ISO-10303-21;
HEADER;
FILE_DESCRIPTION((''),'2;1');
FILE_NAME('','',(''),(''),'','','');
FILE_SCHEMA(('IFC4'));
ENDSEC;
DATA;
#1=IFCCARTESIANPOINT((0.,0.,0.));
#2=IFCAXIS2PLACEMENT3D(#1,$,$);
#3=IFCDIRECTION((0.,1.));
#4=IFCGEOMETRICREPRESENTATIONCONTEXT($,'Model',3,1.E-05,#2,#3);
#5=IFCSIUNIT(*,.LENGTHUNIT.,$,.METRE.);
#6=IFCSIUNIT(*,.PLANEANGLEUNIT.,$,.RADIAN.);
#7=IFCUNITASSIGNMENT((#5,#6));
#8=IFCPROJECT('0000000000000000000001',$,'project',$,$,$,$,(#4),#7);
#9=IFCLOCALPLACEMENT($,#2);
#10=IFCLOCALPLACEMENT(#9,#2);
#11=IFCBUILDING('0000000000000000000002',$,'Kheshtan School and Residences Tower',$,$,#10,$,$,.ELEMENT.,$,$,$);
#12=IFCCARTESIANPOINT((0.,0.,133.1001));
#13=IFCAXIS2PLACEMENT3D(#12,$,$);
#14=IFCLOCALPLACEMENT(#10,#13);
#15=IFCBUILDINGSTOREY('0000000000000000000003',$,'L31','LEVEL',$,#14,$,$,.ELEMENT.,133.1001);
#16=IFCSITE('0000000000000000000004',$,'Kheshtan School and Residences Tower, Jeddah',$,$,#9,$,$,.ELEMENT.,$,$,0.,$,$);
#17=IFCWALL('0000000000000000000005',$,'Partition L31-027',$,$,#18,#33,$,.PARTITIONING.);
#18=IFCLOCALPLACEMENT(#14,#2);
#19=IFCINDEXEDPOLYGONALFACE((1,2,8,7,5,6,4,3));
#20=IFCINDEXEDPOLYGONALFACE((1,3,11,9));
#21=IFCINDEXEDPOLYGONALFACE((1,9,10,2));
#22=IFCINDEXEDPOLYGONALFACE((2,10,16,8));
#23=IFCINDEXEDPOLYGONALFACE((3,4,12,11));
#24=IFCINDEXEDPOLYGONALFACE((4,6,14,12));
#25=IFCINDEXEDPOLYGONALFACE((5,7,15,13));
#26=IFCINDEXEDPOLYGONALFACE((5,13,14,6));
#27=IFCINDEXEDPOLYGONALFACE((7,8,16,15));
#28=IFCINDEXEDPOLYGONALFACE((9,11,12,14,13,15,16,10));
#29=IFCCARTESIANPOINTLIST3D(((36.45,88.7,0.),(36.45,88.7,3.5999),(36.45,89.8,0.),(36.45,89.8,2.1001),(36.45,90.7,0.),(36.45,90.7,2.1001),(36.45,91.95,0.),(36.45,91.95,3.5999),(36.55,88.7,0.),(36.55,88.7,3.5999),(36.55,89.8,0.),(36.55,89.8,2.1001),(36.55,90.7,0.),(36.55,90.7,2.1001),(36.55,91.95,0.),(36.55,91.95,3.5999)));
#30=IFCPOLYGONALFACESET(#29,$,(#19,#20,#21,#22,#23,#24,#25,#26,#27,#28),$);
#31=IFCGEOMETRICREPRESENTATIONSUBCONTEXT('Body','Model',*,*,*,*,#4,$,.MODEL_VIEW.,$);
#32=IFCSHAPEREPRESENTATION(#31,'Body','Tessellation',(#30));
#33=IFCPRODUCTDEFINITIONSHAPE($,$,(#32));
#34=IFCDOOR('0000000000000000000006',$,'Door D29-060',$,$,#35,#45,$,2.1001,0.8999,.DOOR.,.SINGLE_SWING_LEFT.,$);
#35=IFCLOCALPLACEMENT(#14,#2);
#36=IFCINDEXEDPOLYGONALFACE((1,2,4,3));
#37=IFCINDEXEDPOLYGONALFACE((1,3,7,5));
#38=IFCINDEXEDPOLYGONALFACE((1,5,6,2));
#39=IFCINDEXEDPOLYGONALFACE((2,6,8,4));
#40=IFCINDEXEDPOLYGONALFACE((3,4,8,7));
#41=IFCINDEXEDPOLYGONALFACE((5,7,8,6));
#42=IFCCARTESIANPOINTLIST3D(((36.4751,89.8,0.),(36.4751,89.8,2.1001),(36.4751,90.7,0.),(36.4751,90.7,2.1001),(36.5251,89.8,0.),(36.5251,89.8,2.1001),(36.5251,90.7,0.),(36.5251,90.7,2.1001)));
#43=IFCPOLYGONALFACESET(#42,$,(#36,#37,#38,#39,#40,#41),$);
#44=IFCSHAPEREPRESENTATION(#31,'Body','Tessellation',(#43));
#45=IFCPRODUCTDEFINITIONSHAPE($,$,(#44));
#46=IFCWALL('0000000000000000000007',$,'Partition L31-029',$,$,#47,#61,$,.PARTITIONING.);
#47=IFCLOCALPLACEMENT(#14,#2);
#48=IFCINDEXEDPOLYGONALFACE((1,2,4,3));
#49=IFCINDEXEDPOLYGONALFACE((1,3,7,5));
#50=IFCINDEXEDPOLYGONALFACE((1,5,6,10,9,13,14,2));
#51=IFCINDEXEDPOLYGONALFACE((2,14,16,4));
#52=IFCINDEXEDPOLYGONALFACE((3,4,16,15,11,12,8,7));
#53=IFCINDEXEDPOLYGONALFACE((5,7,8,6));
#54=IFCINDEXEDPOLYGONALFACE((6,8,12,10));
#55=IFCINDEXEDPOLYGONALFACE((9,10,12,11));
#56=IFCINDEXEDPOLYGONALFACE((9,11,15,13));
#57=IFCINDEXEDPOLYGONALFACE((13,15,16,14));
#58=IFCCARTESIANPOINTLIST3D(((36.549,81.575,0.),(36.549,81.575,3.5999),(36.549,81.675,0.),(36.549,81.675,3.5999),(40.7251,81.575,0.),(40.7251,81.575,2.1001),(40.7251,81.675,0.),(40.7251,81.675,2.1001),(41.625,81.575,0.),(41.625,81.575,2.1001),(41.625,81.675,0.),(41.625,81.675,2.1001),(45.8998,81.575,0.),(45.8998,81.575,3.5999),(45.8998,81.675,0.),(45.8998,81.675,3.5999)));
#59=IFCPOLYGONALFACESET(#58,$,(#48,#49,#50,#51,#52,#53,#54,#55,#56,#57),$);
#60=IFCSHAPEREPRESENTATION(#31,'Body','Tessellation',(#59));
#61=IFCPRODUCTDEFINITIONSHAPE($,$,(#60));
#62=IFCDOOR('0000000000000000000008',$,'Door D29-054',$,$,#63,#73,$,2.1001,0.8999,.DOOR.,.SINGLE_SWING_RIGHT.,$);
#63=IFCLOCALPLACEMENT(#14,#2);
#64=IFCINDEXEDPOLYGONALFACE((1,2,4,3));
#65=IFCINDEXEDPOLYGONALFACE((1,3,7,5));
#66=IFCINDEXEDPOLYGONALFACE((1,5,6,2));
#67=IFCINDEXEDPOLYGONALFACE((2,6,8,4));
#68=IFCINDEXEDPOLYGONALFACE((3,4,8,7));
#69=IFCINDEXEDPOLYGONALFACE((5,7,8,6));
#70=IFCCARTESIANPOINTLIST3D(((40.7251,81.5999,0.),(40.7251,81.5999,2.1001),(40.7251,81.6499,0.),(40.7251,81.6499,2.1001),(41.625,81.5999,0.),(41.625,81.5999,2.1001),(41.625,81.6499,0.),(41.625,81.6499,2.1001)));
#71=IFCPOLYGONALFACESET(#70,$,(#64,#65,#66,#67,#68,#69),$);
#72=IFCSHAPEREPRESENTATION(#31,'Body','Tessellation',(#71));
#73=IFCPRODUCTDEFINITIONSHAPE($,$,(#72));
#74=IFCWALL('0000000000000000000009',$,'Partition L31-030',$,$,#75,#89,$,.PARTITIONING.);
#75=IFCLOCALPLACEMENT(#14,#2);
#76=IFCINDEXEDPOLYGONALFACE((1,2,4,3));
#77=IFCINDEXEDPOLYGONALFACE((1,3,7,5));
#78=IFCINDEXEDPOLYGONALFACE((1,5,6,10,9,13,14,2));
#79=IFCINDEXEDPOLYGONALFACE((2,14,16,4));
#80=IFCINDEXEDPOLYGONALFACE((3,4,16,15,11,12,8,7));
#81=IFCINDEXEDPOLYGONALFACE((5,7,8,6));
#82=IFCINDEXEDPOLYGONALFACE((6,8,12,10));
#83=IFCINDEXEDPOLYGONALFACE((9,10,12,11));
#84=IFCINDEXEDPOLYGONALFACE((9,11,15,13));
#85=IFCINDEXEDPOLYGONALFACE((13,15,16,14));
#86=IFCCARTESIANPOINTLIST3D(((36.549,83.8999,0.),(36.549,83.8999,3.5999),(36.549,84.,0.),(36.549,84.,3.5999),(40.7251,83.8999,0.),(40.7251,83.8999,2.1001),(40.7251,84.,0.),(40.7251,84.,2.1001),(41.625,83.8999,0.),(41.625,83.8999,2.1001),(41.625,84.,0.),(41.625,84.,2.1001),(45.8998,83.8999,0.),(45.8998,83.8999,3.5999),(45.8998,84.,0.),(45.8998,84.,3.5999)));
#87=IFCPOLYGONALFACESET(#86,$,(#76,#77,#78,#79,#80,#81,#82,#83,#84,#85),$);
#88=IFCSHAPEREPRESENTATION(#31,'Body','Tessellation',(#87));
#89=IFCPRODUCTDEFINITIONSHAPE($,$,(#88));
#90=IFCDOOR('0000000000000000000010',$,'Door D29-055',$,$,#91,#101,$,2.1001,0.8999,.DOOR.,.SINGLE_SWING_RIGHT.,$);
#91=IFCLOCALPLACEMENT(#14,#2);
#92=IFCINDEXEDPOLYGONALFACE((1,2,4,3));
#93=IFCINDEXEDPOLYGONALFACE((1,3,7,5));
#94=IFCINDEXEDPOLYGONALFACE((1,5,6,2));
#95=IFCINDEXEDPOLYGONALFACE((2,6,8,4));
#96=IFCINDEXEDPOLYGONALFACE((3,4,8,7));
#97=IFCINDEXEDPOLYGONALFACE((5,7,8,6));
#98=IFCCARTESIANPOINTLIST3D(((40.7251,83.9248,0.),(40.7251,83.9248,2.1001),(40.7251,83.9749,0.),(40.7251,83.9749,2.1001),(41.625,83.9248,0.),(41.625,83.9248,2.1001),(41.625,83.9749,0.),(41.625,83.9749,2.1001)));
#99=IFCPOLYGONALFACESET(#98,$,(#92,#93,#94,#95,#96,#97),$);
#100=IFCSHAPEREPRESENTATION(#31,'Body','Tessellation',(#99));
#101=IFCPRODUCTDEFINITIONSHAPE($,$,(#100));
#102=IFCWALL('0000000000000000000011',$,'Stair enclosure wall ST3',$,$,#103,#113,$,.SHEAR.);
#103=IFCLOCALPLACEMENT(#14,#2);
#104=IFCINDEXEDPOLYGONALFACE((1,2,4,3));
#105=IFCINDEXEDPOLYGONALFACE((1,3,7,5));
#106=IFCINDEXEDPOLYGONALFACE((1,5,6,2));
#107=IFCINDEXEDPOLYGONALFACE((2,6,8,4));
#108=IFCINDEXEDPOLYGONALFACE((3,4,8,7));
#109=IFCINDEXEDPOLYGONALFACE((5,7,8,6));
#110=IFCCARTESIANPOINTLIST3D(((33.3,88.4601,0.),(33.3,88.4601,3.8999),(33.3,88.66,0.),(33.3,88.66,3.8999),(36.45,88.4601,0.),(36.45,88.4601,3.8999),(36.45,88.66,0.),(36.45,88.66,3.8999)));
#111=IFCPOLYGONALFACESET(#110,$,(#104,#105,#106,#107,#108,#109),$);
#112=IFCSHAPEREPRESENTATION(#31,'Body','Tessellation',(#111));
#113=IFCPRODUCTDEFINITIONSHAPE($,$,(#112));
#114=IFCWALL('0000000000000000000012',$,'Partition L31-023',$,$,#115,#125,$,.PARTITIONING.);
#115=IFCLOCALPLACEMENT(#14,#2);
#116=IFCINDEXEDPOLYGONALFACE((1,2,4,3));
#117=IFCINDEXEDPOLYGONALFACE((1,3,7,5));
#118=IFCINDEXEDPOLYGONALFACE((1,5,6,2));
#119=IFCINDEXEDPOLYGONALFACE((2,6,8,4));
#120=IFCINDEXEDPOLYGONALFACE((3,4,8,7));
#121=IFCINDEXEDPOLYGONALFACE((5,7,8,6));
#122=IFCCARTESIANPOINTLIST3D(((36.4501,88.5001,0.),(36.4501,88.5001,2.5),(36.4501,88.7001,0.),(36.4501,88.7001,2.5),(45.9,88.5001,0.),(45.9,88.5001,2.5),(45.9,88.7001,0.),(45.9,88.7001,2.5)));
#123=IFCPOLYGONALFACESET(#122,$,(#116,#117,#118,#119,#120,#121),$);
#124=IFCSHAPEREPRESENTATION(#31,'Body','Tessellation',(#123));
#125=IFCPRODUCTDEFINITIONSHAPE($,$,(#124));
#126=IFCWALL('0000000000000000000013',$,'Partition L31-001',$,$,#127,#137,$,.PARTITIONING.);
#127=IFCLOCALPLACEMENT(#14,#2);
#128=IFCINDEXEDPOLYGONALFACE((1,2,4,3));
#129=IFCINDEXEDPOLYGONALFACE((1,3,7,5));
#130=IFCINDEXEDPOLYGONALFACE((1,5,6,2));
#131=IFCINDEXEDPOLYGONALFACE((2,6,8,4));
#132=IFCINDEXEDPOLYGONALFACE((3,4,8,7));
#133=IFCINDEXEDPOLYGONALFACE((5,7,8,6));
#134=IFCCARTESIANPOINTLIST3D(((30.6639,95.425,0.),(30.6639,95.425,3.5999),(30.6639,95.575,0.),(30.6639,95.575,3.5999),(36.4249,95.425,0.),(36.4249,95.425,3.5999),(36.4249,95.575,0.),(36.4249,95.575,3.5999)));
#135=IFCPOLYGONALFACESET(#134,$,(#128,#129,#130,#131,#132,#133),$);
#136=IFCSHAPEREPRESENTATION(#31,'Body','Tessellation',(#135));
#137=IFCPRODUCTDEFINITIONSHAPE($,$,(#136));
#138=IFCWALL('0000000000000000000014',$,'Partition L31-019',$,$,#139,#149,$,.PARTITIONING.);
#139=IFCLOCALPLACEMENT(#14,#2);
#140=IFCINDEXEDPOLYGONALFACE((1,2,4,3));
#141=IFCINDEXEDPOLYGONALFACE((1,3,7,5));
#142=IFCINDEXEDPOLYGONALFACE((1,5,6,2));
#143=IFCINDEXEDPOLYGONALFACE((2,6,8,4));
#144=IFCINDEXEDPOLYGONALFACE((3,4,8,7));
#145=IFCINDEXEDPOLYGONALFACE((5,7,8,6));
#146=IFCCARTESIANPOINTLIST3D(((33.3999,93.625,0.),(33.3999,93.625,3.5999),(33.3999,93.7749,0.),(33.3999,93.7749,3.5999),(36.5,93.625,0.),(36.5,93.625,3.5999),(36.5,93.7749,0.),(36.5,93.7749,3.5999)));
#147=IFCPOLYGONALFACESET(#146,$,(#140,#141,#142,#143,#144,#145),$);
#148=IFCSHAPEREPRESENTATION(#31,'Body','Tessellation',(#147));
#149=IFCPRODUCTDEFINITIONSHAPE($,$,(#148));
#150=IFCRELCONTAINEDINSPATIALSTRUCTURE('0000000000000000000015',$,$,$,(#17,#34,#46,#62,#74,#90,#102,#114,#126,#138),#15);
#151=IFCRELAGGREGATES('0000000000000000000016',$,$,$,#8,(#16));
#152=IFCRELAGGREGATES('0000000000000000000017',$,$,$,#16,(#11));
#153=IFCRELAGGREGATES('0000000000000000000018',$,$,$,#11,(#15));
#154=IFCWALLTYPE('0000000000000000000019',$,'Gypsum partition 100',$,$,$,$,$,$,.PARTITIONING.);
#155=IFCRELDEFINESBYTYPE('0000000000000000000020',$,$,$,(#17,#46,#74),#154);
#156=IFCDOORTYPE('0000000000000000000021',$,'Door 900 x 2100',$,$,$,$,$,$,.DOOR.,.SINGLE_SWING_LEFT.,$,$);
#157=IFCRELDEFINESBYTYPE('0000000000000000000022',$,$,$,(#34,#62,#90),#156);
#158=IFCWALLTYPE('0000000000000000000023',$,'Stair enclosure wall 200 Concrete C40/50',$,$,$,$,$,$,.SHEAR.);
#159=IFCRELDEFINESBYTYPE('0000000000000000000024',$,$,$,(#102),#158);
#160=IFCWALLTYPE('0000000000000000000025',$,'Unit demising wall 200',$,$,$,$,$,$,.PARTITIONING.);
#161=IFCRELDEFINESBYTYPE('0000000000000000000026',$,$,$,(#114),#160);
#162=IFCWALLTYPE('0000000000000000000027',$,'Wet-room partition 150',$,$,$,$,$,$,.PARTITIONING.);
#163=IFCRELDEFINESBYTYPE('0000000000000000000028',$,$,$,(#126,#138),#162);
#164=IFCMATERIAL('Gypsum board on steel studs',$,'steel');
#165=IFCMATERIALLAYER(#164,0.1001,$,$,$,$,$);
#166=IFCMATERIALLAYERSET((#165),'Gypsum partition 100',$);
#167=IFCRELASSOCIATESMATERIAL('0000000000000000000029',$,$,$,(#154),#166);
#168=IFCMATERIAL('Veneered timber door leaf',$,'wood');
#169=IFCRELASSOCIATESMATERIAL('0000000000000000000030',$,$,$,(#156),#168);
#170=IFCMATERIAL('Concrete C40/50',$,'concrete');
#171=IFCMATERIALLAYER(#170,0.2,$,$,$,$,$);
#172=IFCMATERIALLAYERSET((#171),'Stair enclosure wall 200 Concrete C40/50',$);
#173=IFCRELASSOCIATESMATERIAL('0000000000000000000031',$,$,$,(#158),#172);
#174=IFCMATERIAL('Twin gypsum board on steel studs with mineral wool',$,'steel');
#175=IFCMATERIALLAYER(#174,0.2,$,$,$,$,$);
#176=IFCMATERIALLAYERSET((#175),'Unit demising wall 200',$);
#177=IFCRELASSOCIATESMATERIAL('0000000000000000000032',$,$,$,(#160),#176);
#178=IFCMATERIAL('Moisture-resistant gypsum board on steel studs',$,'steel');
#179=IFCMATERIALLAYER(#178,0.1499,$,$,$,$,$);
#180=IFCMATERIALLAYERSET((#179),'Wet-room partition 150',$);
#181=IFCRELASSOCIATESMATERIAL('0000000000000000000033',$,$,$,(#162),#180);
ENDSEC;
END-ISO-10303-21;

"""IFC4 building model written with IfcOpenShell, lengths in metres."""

from ifc_helpers import new_model, si_unit, direction, frame, frame_2d, origin, place, context, subcontext, project, spatial, rectangle, extrude, source, transform, mapped, material, layer, layer_set, type_object, element, fill, save


model = new_model("IFC4")

# Units and contexts
model_context = context("Model", 3, precision=1e-05, world=origin(), true_north=direction((0.0, 1.0)))
body_context = subcontext(model_context, "Body", "Model", "MODEL_VIEW")
ifc_project = project(units=[si_unit("LENGTHUNIT", "METRE"), si_unit("PLANEANGLEUNIT", "RADIAN")], contexts=[model_context])

# Site, building, storey
site_placement = place(None, origin())
site = spatial("IfcSite", under=ifc_project, at=site_placement, Name="Kheshtan School and Residences Tower, Jeddah", CompositionType="ELEMENT", RefElevation=0.0)
building_placement = place(site_placement, origin())
building = spatial("IfcBuilding", under=site, at=building_placement, Name="Kheshtan School and Residences Tower", CompositionType="ELEMENT")
storey_placement = place(building_placement, frame((0.0, 0.0, 133.1001)))
storey = spatial("IfcBuildingStorey", under=building, at=storey_placement, Name="L31", Description="LEVEL", CompositionType="ELEMENT", Elevation=133.1001)

# Shared definitions
ifc_material_1 = material(Name="Gypsum board on steel studs", Category="steel")
ifc_layer_1 = layer(ifc_material_1, 0.1001)
ifc_layer_set_1 = layer_set([ifc_layer_1], Name="Gypsum partition 100")
wall_type_1 = type_object("IfcWallType", Name="Gypsum partition 100", PredefinedType="PARTITIONING", material=ifc_layer_set_1)

# Walls, openings, doors
wall_1_placement = place(storey_placement, frame((36.5, 88.7, 0.0), z_axis=(0.0, 0.0, 1.0), x_axis=(0.0, 1.0, 0.0)))
wall_1 = element("IfcWall", 1, at=wall_1_placement, inside=storey, type_object=wall_type_1, Name="Partition L31-027", PredefinedType="PARTITIONING", context=body_context, shape_type="SweptSolid", body=[
    extrude(rectangle(XDim=3.25, YDim=0.1001, at=frame_2d((1.625, 0.0))), origin(), (0.0, 0.0, 1.0), 3.5999),
])
opening_1_placement = place(wall_1_placement, frame((1.1001, 0.0, 0.0)))
opening_1 = element("IfcOpeningElement", 2, at=opening_1_placement, cuts=wall_1, PredefinedType="OPENING", context=body_context, shape_type="SweptSolid", body=[
    extrude(rectangle(XDim=0.8999, YDim=2.1001, at=frame_2d((0.45, 1.05))), frame((0.0, 0.0601, 0.0), z_axis=(0.0, -1.0, 0.0), x_axis=(1.0, 0.0, 0.0)), (0.0, 0.0, 1.0), 0.1201),
])
ifc_material_2 = material(Name="Veneered timber door leaf", Category="wood")
door_type_1 = type_object("IfcDoorType", Name="Door 900 x 2100", OperationType="SINGLE_SWING_LEFT", PredefinedType="DOOR", material=ifc_material_2)
shared_shape_1 = source(origin(), body_context, "Body", "SweptSolid", [
    extrude(rectangle(XDim=0.8999, YDim=2.1001, at=frame_2d((0.45, 1.05))), frame((0.0, 0.0249, 0.0), z_axis=(0.0, -1.0, 0.0), x_axis=(1.0, 0.0, 0.0)), (0.0, 0.0, 1.0), 0.05),
])
door_1_placement = place(opening_1_placement, origin())
door_1 = element("IfcDoor", 3, at=door_1_placement, inside=storey, type_object=door_type_1, Name="Door D29-060", OperationType="SINGLE_SWING_LEFT", OverallHeight=2.1001, OverallWidth=0.8999, PredefinedType="DOOR", context=body_context, shape_type="MappedRepresentation", body=[
    mapped(shared_shape_1, transform((0.0, 0.0, 0.0), x_axis=(1.0, 0.0, 0.0), y_axis=(0.0, 1.0, 0.0), z_axis=(0.0, 0.0, 1.0), scale=1.0)),
])
fill(opening_1, door_1)
wall_2_placement = place(storey_placement, frame((36.5491, 81.625, 0.0), z_axis=(0.0, 0.0, 1.0), x_axis=(1.0, 0.0, 0.0)))
wall_2 = element("IfcWall", 4, at=wall_2_placement, inside=storey, type_object=wall_type_1, Name="Partition L31-029", PredefinedType="PARTITIONING", context=body_context, shape_type="SweptSolid", body=[
    extrude(rectangle(XDim=9.3508, YDim=0.1001, at=frame_2d((4.6753, 0.0))), origin(), (0.0, 0.0, 1.0), 3.5999),
])
opening_2_placement = place(wall_2_placement, frame((4.176, 0.0, 0.0)))
opening_2 = element("IfcOpeningElement", 5, at=opening_2_placement, cuts=wall_2, PredefinedType="OPENING", context=body_context, shape_type="SweptSolid", body=[
    extrude(rectangle(XDim=0.8999, YDim=2.1001, at=frame_2d((0.45, 1.05))), frame((0.0, 0.0601, 0.0), z_axis=(0.0, -1.0, 0.0), x_axis=(1.0, 0.0, 0.0)), (0.0, 0.0, 1.0), 0.1201),
])
door_2_placement = place(opening_2_placement, origin())
door_2 = element("IfcDoor", 6, at=door_2_placement, inside=storey, type_object=door_type_1, Name="Door D29-054", OperationType="SINGLE_SWING_RIGHT", OverallHeight=2.1001, OverallWidth=0.8999, PredefinedType="DOOR", context=body_context, shape_type="MappedRepresentation", body=[
    mapped(shared_shape_1, transform((0.0, 0.0, 0.0), x_axis=(1.0, 0.0, 0.0), y_axis=(0.0, 1.0, 0.0), z_axis=(0.0, 0.0, 1.0), scale=1.0)),
])
fill(opening_2, door_2)
wall_3_placement = place(storey_placement, frame((36.5491, 83.95, 0.0), z_axis=(0.0, 0.0, 1.0), x_axis=(1.0, 0.0, 0.0)))
wall_3 = element("IfcWall", 7, at=wall_3_placement, inside=storey, type_object=wall_type_1, Name="Partition L31-030", PredefinedType="PARTITIONING", context=body_context, shape_type="SweptSolid", body=[
    extrude(rectangle(XDim=9.3508, YDim=0.1001, at=frame_2d((4.6753, 0.0))), origin(), (0.0, 0.0, 1.0), 3.5999),
])
opening_3_placement = place(wall_3_placement, frame((4.176, 0.0, 0.0)))
opening_3 = element("IfcOpeningElement", 8, at=opening_3_placement, cuts=wall_3, PredefinedType="OPENING", context=body_context, shape_type="SweptSolid", body=[
    extrude(rectangle(XDim=0.8999, YDim=2.1001, at=frame_2d((0.45, 1.05))), frame((0.0, 0.0601, 0.0), z_axis=(0.0, -1.0, 0.0), x_axis=(1.0, 0.0, 0.0)), (0.0, 0.0, 1.0), 0.1201),
])
door_3_placement = place(opening_3_placement, origin())
door_3 = element("IfcDoor", 9, at=door_3_placement, inside=storey, type_object=door_type_1, Name="Door D29-055", OperationType="SINGLE_SWING_RIGHT", OverallHeight=2.1001, OverallWidth=0.8999, PredefinedType="DOOR", context=body_context, shape_type="MappedRepresentation", body=[
    mapped(shared_shape_1, transform((0.0, 0.0, 0.0), x_axis=(1.0, 0.0, 0.0), y_axis=(0.0, 1.0, 0.0), z_axis=(0.0, 0.0, 1.0), scale=1.0)),
])
fill(opening_3, door_3)

# Walls
ifc_material_3 = material(Name="Concrete C40/50", Category="concrete")
ifc_layer_2 = layer(ifc_material_3, 0.2)
ifc_layer_set_2 = layer_set([ifc_layer_2], Name="Stair enclosure wall 200 Concrete C40/50")
wall_type_2 = type_object("IfcWallType", Name="Stair enclosure wall 200 Concrete C40/50", PredefinedType="SHEAR", material=ifc_layer_set_2)
wall_4_placement = place(storey_placement, frame((33.3, 88.5601, 0.0), z_axis=(0.0, 0.0, 1.0), x_axis=(1.0, 0.0, 0.0)))
element("IfcWall", 10, at=wall_4_placement, inside=storey, type_object=wall_type_2, Name="Stair enclosure wall ST3", PredefinedType="SHEAR", context=body_context, shape_type="SweptSolid", body=[
    extrude(rectangle(XDim=3.1499, YDim=0.2, at=frame_2d((1.575, 0.0))), origin(), (0.0, 0.0, 1.0), 3.8999),
])
ifc_material_4 = material(Name="Twin gypsum board on steel studs with mineral wool", Category="steel")
ifc_layer_3 = layer(ifc_material_4, 0.2)
ifc_layer_set_3 = layer_set([ifc_layer_3], Name="Unit demising wall 200")
wall_type_3 = type_object("IfcWallType", Name="Unit demising wall 200", PredefinedType="PARTITIONING", material=ifc_layer_set_3)
wall_5_placement = place(storey_placement, frame((36.45, 88.6001, 0.0), z_axis=(0.0, 0.0, 1.0), x_axis=(1.0, 0.0, 0.0)))
element("IfcWall", 11, at=wall_5_placement, inside=storey, type_object=wall_type_3, Name="Partition L31-023", PredefinedType="PARTITIONING", context=body_context, shape_type="SweptSolid", body=[
    extrude(rectangle(XDim=9.45, YDim=0.2, at=frame_2d((4.7251, 0.0))), origin(), (0.0, 0.0, 1.0), 2.5),
])
ifc_material_5 = material(Name="Moisture-resistant gypsum board on steel studs", Category="steel")
ifc_layer_4 = layer(ifc_material_5, 0.1499)
ifc_layer_set_4 = layer_set([ifc_layer_4], Name="Wet-room partition 150")
wall_type_4 = type_object("IfcWallType", Name="Wet-room partition 150", PredefinedType="PARTITIONING", material=ifc_layer_set_4)
wall_6_placement = place(storey_placement, frame((30.6641, 95.5, 0.0), z_axis=(0.0, 0.0, 1.0), x_axis=(1.0, 0.0, 0.0)))
element("IfcWall", 12, at=wall_6_placement, inside=storey, type_object=wall_type_4, Name="Partition L31-001", PredefinedType="PARTITIONING", context=body_context, shape_type="SweptSolid", body=[
    extrude(rectangle(XDim=5.761, YDim=0.1499, at=frame_2d((2.8804, 0.0))), origin(), (0.0, 0.0, 1.0), 3.5999),
])
wall_7_placement = place(storey_placement, frame((33.3999, 93.7, 0.0), z_axis=(0.0, 0.0, 1.0), x_axis=(1.0, 0.0, 0.0)))
element("IfcWall", 13, at=wall_7_placement, inside=storey, type_object=wall_type_4, Name="Partition L31-019", PredefinedType="PARTITIONING", context=body_context, shape_type="SweptSolid", body=[
    extrude(rectangle(XDim=3.1001, YDim=0.1499, at=frame_2d((1.55, 0.0))), origin(), (0.0, 0.0, 1.0), 3.5999),
])

save(model, "model.ifc")
